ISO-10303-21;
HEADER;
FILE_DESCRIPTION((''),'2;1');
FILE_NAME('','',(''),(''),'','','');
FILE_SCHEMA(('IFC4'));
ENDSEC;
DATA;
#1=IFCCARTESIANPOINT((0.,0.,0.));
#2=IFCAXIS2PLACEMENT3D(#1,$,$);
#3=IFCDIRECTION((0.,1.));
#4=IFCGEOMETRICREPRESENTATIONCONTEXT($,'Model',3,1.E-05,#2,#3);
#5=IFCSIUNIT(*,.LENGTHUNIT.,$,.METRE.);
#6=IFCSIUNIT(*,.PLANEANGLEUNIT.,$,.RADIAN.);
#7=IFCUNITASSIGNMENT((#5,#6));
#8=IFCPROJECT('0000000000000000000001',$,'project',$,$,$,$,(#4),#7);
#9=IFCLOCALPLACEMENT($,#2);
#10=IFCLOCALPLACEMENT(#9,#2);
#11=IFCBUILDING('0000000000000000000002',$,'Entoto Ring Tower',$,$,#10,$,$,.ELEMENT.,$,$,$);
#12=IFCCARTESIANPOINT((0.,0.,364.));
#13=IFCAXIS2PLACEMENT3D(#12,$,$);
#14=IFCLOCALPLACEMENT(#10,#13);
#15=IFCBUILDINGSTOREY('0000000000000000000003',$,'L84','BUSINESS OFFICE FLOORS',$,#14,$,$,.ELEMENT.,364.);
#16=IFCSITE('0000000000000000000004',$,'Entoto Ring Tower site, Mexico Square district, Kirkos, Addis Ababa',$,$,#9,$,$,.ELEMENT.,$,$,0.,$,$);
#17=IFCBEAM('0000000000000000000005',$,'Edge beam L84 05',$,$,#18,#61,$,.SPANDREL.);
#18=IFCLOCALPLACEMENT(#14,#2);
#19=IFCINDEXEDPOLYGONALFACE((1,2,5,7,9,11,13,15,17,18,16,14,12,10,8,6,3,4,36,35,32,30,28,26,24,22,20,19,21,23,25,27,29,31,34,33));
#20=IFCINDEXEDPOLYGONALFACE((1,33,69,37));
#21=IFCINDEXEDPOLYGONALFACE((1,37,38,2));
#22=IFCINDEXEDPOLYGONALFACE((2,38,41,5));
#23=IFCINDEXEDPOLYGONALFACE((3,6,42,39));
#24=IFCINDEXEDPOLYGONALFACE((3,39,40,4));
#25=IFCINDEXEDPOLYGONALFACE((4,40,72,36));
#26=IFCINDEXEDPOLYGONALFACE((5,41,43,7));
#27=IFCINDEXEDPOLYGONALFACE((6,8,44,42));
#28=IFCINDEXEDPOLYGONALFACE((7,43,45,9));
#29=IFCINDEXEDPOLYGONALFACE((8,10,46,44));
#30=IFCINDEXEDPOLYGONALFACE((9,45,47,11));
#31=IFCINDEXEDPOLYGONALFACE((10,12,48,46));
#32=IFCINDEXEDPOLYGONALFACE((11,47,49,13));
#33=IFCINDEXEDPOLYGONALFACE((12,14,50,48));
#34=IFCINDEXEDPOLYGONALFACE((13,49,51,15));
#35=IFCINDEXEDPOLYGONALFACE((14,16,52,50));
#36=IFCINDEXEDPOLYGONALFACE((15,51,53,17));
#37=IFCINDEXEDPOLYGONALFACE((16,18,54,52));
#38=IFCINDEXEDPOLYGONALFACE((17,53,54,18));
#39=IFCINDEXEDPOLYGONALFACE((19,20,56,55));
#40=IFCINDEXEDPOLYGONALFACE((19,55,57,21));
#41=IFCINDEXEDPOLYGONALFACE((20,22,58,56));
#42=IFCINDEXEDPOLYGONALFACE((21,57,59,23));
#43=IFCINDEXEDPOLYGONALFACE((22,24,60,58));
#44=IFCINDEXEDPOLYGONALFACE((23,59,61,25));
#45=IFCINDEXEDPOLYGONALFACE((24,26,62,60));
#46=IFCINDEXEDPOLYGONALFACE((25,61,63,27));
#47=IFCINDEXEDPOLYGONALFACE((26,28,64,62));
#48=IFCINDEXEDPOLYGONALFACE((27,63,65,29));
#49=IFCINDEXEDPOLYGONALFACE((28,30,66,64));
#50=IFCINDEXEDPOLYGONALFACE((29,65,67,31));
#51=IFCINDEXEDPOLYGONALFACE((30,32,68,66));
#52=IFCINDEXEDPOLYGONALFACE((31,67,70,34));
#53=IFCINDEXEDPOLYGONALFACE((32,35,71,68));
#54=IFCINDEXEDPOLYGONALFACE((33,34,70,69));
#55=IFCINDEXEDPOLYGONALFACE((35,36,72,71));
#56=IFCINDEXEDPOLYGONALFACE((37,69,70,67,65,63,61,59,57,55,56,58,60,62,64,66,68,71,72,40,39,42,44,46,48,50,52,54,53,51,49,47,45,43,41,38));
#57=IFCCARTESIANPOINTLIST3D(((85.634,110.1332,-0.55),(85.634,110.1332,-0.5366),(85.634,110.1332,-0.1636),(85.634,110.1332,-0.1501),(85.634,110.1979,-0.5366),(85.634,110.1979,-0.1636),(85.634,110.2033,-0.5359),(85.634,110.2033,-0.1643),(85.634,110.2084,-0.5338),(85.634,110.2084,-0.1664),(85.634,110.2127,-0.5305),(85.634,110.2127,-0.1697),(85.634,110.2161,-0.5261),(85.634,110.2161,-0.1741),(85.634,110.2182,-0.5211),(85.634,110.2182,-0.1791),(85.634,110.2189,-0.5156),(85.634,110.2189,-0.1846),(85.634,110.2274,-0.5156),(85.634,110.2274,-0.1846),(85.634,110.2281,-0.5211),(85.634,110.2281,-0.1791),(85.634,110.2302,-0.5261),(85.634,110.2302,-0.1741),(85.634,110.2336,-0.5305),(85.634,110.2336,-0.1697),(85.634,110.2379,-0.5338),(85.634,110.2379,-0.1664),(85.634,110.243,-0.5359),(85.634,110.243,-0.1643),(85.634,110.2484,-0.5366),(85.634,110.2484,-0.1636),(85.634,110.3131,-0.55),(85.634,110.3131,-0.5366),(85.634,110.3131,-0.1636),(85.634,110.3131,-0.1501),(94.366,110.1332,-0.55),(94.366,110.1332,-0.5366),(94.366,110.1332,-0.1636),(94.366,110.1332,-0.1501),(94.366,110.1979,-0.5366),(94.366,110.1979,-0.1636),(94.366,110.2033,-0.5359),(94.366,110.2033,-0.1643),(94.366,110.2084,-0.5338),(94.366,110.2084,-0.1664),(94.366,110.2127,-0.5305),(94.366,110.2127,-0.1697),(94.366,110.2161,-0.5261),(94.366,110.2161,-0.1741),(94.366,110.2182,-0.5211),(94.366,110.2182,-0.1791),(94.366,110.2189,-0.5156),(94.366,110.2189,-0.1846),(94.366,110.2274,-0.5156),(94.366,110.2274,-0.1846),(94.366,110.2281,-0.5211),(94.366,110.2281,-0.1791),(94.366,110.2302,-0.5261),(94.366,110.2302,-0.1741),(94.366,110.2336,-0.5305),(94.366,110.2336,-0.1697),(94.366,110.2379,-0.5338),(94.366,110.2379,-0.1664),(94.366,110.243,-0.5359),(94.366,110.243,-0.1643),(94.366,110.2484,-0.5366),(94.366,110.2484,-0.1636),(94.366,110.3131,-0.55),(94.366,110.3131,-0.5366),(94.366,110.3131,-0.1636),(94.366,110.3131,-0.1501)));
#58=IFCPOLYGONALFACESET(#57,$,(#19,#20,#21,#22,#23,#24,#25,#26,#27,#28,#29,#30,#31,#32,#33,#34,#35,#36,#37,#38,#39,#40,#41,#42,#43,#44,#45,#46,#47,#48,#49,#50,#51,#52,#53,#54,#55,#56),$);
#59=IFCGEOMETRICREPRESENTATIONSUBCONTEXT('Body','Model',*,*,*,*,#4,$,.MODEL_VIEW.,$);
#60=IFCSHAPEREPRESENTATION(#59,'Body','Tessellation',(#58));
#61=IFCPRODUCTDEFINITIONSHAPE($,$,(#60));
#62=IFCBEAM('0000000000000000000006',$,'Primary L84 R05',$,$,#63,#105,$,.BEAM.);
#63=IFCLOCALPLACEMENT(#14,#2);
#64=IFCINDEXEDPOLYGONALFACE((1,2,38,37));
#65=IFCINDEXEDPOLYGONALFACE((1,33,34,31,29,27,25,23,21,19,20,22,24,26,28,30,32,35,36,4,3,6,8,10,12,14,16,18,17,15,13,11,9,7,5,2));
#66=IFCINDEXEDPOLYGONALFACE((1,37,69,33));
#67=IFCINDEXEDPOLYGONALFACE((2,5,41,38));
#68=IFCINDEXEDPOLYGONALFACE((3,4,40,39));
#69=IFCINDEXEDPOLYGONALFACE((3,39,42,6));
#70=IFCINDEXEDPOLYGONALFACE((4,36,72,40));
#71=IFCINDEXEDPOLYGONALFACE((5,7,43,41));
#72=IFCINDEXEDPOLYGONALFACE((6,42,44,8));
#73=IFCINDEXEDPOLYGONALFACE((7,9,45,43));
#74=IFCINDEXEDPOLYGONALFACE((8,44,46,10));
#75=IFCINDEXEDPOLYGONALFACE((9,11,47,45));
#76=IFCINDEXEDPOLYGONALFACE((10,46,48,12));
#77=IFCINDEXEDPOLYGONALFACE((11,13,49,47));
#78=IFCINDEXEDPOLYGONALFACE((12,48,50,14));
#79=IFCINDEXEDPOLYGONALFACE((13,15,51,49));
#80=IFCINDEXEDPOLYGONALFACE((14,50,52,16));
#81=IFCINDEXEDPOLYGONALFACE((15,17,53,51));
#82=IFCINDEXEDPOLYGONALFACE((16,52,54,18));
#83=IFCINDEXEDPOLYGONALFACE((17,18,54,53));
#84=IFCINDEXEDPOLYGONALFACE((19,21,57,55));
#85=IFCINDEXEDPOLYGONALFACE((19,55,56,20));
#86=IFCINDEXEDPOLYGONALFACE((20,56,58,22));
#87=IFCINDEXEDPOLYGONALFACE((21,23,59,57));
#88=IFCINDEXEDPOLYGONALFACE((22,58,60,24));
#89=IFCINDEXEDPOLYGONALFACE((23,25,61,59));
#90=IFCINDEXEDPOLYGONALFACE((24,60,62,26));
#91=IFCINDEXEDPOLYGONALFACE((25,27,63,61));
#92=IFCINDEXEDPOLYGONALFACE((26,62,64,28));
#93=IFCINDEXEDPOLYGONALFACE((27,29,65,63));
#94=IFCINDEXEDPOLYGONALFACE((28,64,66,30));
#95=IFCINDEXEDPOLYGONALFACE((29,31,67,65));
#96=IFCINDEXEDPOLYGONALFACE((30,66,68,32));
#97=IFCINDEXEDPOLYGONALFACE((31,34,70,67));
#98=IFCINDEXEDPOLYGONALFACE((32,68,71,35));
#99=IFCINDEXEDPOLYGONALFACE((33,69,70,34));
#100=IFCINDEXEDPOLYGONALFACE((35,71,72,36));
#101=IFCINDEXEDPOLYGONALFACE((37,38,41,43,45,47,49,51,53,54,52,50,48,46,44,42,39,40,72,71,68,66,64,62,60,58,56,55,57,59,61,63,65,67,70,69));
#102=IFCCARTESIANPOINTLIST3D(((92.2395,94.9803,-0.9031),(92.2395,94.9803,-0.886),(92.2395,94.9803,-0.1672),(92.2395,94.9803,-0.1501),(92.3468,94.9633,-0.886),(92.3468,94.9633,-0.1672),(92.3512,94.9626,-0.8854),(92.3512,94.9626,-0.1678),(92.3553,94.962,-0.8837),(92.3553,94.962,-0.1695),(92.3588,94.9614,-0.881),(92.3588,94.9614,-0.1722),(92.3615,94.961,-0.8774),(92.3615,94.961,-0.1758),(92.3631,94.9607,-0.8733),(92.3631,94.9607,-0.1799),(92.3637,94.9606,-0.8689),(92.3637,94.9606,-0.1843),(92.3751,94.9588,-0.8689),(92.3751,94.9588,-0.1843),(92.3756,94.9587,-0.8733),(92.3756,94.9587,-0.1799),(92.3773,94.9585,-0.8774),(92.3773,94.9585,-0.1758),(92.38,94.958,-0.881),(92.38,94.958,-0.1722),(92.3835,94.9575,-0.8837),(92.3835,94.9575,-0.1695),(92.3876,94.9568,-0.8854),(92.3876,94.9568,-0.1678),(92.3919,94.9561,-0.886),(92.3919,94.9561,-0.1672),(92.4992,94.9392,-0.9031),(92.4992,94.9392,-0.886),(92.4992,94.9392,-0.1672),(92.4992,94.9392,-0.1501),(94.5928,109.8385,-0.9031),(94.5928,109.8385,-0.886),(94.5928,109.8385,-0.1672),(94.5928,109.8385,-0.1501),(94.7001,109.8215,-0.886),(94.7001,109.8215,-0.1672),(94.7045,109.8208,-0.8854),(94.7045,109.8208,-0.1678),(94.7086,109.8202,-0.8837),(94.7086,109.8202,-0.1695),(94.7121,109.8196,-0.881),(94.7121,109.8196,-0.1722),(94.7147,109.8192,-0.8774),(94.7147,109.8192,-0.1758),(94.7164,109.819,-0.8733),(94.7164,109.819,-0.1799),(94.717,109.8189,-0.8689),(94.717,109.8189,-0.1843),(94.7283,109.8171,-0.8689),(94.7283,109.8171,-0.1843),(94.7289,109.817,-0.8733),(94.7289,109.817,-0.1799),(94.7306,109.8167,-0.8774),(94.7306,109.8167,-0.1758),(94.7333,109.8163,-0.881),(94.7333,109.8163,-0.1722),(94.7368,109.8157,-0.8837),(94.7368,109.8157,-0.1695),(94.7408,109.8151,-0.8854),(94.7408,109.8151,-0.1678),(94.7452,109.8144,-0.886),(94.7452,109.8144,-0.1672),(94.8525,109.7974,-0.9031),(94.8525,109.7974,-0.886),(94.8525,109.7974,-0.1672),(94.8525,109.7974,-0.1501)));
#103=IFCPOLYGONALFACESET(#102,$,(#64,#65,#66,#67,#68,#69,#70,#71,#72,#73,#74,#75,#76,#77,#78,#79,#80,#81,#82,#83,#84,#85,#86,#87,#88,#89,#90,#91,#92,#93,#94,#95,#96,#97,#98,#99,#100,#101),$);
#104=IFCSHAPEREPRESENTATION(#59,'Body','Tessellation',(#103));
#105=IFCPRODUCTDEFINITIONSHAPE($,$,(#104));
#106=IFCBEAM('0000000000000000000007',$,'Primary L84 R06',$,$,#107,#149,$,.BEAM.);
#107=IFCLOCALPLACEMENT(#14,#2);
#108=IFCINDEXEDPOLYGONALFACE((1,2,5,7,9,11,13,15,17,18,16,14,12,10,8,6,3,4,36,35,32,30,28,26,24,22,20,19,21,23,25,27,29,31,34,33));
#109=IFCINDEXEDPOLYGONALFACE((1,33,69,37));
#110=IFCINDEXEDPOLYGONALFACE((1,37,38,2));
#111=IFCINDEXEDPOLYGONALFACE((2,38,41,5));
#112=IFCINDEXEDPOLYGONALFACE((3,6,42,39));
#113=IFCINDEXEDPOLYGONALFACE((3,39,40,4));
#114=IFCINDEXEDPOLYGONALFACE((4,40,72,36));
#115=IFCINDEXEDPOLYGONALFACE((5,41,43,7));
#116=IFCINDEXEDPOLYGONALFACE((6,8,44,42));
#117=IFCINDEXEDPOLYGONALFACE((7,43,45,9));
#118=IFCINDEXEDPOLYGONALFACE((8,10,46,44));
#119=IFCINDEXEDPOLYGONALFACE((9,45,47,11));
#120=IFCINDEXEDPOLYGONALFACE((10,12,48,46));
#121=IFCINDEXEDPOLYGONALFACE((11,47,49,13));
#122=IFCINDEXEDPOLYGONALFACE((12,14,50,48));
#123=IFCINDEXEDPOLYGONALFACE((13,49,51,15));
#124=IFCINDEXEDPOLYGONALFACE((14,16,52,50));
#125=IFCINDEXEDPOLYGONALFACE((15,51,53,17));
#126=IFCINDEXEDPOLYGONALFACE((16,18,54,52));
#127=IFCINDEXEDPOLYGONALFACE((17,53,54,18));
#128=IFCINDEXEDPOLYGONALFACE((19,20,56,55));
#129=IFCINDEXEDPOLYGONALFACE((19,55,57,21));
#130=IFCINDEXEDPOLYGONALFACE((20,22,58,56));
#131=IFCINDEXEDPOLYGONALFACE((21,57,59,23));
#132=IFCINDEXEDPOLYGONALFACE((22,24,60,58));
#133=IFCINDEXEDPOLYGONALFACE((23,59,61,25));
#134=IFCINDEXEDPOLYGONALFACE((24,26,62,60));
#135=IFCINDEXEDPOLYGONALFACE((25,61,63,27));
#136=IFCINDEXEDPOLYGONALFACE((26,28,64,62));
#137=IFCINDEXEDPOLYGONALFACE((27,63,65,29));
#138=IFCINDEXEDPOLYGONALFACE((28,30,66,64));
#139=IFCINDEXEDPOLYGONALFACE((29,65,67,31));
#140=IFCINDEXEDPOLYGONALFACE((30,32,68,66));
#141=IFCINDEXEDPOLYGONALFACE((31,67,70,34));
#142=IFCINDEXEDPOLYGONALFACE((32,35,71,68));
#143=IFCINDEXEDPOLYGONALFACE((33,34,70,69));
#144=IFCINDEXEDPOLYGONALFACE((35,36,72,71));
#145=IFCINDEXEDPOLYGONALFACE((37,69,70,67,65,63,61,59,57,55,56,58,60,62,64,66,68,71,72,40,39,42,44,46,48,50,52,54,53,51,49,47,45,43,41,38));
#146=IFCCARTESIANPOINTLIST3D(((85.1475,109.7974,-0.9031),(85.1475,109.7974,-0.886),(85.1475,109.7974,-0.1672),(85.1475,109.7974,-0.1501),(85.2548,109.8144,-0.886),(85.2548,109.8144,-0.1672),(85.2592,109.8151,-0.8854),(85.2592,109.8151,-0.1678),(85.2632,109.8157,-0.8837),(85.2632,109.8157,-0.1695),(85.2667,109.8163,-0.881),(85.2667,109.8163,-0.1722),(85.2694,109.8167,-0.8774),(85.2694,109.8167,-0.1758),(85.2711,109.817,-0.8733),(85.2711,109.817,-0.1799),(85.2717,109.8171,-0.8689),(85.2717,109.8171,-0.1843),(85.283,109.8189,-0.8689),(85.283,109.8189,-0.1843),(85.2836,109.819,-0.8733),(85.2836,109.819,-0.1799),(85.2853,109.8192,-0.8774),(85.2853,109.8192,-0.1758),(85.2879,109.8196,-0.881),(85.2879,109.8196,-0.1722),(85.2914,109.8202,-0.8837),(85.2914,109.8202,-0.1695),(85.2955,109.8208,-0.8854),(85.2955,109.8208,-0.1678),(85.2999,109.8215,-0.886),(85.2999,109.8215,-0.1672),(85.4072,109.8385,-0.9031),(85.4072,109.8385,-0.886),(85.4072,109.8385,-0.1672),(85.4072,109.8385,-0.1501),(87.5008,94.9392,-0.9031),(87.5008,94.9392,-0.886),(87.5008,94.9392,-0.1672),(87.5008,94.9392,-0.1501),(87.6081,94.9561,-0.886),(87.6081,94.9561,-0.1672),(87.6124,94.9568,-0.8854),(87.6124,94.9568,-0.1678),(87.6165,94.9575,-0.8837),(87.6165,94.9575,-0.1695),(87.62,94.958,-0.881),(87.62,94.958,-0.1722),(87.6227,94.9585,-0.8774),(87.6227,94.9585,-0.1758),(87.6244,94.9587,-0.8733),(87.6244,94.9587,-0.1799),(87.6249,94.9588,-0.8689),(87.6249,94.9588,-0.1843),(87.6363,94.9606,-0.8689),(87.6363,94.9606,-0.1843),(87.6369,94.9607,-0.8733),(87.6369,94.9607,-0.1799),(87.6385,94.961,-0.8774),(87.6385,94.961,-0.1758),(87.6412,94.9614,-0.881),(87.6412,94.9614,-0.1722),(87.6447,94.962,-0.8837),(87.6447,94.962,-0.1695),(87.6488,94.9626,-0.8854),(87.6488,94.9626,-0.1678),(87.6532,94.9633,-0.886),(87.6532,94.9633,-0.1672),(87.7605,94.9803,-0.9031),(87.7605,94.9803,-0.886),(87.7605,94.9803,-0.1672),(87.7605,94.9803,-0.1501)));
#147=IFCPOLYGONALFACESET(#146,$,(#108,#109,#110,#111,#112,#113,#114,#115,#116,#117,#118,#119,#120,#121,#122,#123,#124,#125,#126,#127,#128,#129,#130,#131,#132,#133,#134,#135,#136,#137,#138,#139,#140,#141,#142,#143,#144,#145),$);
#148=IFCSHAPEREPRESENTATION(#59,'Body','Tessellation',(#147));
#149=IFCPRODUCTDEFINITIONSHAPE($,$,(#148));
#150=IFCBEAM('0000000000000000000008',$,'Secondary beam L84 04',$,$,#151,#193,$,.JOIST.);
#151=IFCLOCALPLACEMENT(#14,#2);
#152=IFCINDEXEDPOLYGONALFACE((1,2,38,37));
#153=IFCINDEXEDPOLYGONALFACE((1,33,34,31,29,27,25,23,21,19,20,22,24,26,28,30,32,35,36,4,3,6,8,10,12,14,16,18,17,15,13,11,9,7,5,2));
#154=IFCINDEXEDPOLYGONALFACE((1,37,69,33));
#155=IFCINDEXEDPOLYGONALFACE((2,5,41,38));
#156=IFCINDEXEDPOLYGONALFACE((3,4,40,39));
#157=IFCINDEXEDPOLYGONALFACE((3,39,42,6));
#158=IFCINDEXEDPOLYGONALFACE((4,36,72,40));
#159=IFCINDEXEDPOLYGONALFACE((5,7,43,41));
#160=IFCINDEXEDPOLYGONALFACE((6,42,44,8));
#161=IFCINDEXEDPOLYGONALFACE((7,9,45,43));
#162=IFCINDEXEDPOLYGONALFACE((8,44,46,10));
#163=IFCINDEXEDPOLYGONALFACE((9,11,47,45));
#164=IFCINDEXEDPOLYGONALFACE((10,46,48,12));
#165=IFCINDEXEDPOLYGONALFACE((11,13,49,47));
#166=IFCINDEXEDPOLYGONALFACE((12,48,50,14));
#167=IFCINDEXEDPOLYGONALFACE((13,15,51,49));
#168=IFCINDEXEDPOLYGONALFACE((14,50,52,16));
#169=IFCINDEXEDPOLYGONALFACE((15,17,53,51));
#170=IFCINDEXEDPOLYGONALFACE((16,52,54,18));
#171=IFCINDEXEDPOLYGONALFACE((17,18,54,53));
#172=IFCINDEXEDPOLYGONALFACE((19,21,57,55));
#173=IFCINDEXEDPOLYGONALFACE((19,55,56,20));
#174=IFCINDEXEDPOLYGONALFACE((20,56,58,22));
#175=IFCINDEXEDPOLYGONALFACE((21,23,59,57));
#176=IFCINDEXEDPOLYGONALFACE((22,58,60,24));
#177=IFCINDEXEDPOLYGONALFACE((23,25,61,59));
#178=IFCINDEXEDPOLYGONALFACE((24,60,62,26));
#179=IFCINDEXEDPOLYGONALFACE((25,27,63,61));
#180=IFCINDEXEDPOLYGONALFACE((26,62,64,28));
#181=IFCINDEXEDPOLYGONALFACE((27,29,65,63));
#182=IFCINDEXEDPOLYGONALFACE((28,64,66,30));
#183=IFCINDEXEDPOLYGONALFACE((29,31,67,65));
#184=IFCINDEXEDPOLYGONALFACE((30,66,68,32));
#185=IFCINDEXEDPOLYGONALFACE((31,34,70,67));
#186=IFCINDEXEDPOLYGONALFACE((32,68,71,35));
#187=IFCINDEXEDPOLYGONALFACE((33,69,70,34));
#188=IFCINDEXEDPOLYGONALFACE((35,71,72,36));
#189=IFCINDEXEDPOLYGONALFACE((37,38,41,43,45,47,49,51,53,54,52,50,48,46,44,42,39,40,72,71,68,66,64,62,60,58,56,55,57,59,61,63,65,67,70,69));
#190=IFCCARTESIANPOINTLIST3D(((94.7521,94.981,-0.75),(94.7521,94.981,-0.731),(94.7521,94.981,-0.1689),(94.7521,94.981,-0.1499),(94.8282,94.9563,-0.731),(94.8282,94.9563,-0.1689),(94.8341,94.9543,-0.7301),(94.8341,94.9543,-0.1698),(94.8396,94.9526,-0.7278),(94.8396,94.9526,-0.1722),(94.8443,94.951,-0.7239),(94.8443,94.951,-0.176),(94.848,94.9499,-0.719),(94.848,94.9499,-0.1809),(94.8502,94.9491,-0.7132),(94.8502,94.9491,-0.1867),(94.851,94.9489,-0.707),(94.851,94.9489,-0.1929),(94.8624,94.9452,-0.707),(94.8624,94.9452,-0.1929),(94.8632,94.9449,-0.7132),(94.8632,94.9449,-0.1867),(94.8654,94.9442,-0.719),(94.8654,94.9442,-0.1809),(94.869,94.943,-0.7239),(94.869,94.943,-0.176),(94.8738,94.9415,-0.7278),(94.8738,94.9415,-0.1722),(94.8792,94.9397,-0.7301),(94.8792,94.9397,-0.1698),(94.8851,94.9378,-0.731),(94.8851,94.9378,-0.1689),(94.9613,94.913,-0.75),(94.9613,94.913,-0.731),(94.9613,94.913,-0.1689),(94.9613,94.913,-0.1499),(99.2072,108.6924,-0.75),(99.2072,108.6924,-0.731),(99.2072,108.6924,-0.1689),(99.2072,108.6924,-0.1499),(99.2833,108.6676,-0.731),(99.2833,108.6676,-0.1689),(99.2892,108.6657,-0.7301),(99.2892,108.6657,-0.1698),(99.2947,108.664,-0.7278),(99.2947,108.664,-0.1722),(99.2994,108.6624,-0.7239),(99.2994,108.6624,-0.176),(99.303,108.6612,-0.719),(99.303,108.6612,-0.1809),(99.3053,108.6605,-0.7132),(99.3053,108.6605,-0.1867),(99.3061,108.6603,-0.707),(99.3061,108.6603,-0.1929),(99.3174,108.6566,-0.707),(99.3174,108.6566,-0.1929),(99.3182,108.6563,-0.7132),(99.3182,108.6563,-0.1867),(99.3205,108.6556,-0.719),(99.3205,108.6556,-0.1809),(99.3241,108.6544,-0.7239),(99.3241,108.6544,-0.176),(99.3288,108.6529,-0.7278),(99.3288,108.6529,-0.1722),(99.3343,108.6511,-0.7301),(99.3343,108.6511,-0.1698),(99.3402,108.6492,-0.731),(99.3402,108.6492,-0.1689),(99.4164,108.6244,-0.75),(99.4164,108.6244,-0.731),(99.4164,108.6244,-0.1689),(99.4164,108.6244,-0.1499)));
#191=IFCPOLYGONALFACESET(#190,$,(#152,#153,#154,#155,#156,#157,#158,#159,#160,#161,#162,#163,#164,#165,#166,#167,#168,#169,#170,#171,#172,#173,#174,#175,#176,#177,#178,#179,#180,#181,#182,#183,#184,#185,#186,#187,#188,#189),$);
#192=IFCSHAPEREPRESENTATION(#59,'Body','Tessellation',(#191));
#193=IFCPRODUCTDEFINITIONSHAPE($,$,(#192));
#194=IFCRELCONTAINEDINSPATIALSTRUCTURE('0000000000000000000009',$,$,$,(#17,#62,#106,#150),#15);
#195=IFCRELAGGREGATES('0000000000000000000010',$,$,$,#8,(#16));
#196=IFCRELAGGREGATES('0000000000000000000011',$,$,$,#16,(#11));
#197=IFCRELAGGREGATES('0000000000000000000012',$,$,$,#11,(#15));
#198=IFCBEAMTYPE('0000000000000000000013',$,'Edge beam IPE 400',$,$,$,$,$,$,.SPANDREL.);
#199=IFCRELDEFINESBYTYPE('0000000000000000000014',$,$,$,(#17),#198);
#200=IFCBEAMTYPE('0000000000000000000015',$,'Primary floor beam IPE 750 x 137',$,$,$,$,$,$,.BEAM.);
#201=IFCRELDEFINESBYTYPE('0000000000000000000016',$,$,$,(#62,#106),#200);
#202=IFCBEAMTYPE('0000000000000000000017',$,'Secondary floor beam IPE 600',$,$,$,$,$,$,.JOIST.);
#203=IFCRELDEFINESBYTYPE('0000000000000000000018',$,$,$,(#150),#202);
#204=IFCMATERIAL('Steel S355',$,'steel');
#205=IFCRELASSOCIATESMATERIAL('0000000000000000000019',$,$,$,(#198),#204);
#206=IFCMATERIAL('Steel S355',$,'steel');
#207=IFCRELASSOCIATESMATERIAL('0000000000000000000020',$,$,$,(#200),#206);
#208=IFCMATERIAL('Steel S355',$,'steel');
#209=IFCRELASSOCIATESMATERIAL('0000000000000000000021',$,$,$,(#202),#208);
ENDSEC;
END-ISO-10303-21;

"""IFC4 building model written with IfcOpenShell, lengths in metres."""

from ifc_helpers import new_model, si_unit, direction, frame, origin, origin_2d, place, context, subcontext, project, spatial, i_section, extrude, material, material_profile, profile_set, type_object, element, save


model = new_model("IFC4")

# Units and contexts
model_context = context("Model", 3, precision=1e-05, world=origin(), true_north=direction((0.0, 1.0)))
body_context = subcontext(model_context, "Body", "Model", "MODEL_VIEW")
ifc_project = project(units=[si_unit("LENGTHUNIT", "METRE"), si_unit("PLANEANGLEUNIT", "RADIAN")], contexts=[model_context])

# Site, building, storey
site_placement = place(None, origin())
site = spatial("IfcSite", under=ifc_project, at=site_placement, Name="Entoto Ring Tower site, Mexico Square district, Kirkos, Addis Ababa", CompositionType="ELEMENT", RefElevation=0.0)
building_placement = place(site_placement, origin())
building = spatial("IfcBuilding", under=site, at=building_placement, Name="Entoto Ring Tower", CompositionType="ELEMENT")
storey_placement = place(building_placement, frame((0.0, 0.0, 364.0)))
storey = spatial("IfcBuildingStorey", under=building, at=storey_placement, Name="L84", Description="BUSINESS OFFICE FLOORS", CompositionType="ELEMENT", Elevation=364.0)

# Beams
ifc_material_1 = material(Name="Steel S355", Category="steel")
ifc_material_profile_1 = material_profile(ifc_material_1, i_section(OverallWidth=0.1799, OverallDepth=0.3999, WebThickness=0.0085, FlangeThickness=0.0134, FilletRadius=0.021, at=origin_2d()), Name="IPE 400")
ifc_profile_set_1 = profile_set([ifc_material_profile_1], Name="Steel S355")
beam_type_1 = type_object("IfcBeamType", Name="Edge beam IPE 400", PredefinedType="SPANDREL", material=ifc_profile_set_1)
beam_1_placement = place(storey_placement, frame((94.366, 110.2231, -0.3501), z_axis=(-1.0, 0.0, 0.0), x_axis=(0.0, -1.0, 0.0)))
element("IfcBeam", 1, at=beam_1_placement, inside=storey, type_object=beam_type_1, Name="Edge beam L84 05", PredefinedType="SPANDREL", context=body_context, shape_type="SweptSolid", body=[
    extrude(i_section(OverallWidth=0.1799, OverallDepth=0.3999, WebThickness=0.0085, FlangeThickness=0.0134, FilletRadius=0.021, at=origin_2d()), origin(), (0.0, 0.0, 1.0), 8.7319),
])
ifc_material_2 = material(Name="Steel S355", Category="steel")
ifc_material_profile_2 = material_profile(ifc_material_2, i_section(OverallWidth=0.2629, OverallDepth=0.7529, WebThickness=0.0115, FlangeThickness=0.0171, FilletRadius=0.0171, at=origin_2d()), Name="IPE 750 x 137")
ifc_profile_set_2 = profile_set([ifc_material_profile_2], Name="Steel S355")
beam_type_2 = type_object("IfcBeamType", Name="Primary floor beam IPE 750 x 137", PredefinedType="BEAM", material=ifc_profile_set_2)
for number, where, z_axis, x_axis, name in (
    (2, (92.3694, 94.9597, -0.5266), (0.156433, 0.987689, 0.0), (-0.987689, 0.156433, 0.0), "Primary L84 R05"),
    (3, (87.6306, 94.9597, -0.5266), (-0.156433, 0.987689, 0.0), (-0.987689, -0.156433, 0.0), "Primary L84 R06"),
):
    element("IfcBeam", number, at=place(storey_placement, frame(where, z_axis=z_axis, x_axis=x_axis)), inside=storey, type_object=beam_type_2, Name=name, PredefinedType="BEAM", context=body_context, shape_type="SweptSolid", body=[
        extrude(i_section(OverallWidth=0.2629, OverallDepth=0.7529, WebThickness=0.0115, FlangeThickness=0.0171, FilletRadius=0.0171, at=origin_2d()), origin(), (0.0, 0.0, 1.0), 15.0435),
    ])
ifc_material_3 = material(Name="Steel S355", Category="steel")
ifc_material_profile_3 = material_profile(ifc_material_3, i_section(OverallWidth=0.22, OverallDepth=0.6001, WebThickness=0.012, FlangeThickness=0.019, FilletRadius=0.0239, at=origin_2d()), Name="IPE 600")
ifc_profile_set_3 = profile_set([ifc_material_profile_3], Name="Steel S355")
beam_type_3 = type_object("IfcBeamType", Name="Secondary floor beam IPE 600", PredefinedType="JOIST", material=ifc_profile_set_3)
beam_2_placement = place(storey_placement, frame((94.8567, 94.947, -0.45), z_axis=(0.309015, 0.951057, 0.0), x_axis=(-0.951057, 0.309015, 0.0)))
element("IfcBeam", 4, at=beam_2_placement, inside=storey, type_object=beam_type_3, Name="Secondary beam L84 04", PredefinedType="JOIST", context=body_context, shape_type="SweptSolid", body=[
    extrude(i_section(OverallWidth=0.22, OverallDepth=0.6001, WebThickness=0.012, FlangeThickness=0.019, FilletRadius=0.0239, at=origin_2d()), origin(), (0.0, 0.0, 1.0), 14.417),
])

save(model, "model.ifc")
